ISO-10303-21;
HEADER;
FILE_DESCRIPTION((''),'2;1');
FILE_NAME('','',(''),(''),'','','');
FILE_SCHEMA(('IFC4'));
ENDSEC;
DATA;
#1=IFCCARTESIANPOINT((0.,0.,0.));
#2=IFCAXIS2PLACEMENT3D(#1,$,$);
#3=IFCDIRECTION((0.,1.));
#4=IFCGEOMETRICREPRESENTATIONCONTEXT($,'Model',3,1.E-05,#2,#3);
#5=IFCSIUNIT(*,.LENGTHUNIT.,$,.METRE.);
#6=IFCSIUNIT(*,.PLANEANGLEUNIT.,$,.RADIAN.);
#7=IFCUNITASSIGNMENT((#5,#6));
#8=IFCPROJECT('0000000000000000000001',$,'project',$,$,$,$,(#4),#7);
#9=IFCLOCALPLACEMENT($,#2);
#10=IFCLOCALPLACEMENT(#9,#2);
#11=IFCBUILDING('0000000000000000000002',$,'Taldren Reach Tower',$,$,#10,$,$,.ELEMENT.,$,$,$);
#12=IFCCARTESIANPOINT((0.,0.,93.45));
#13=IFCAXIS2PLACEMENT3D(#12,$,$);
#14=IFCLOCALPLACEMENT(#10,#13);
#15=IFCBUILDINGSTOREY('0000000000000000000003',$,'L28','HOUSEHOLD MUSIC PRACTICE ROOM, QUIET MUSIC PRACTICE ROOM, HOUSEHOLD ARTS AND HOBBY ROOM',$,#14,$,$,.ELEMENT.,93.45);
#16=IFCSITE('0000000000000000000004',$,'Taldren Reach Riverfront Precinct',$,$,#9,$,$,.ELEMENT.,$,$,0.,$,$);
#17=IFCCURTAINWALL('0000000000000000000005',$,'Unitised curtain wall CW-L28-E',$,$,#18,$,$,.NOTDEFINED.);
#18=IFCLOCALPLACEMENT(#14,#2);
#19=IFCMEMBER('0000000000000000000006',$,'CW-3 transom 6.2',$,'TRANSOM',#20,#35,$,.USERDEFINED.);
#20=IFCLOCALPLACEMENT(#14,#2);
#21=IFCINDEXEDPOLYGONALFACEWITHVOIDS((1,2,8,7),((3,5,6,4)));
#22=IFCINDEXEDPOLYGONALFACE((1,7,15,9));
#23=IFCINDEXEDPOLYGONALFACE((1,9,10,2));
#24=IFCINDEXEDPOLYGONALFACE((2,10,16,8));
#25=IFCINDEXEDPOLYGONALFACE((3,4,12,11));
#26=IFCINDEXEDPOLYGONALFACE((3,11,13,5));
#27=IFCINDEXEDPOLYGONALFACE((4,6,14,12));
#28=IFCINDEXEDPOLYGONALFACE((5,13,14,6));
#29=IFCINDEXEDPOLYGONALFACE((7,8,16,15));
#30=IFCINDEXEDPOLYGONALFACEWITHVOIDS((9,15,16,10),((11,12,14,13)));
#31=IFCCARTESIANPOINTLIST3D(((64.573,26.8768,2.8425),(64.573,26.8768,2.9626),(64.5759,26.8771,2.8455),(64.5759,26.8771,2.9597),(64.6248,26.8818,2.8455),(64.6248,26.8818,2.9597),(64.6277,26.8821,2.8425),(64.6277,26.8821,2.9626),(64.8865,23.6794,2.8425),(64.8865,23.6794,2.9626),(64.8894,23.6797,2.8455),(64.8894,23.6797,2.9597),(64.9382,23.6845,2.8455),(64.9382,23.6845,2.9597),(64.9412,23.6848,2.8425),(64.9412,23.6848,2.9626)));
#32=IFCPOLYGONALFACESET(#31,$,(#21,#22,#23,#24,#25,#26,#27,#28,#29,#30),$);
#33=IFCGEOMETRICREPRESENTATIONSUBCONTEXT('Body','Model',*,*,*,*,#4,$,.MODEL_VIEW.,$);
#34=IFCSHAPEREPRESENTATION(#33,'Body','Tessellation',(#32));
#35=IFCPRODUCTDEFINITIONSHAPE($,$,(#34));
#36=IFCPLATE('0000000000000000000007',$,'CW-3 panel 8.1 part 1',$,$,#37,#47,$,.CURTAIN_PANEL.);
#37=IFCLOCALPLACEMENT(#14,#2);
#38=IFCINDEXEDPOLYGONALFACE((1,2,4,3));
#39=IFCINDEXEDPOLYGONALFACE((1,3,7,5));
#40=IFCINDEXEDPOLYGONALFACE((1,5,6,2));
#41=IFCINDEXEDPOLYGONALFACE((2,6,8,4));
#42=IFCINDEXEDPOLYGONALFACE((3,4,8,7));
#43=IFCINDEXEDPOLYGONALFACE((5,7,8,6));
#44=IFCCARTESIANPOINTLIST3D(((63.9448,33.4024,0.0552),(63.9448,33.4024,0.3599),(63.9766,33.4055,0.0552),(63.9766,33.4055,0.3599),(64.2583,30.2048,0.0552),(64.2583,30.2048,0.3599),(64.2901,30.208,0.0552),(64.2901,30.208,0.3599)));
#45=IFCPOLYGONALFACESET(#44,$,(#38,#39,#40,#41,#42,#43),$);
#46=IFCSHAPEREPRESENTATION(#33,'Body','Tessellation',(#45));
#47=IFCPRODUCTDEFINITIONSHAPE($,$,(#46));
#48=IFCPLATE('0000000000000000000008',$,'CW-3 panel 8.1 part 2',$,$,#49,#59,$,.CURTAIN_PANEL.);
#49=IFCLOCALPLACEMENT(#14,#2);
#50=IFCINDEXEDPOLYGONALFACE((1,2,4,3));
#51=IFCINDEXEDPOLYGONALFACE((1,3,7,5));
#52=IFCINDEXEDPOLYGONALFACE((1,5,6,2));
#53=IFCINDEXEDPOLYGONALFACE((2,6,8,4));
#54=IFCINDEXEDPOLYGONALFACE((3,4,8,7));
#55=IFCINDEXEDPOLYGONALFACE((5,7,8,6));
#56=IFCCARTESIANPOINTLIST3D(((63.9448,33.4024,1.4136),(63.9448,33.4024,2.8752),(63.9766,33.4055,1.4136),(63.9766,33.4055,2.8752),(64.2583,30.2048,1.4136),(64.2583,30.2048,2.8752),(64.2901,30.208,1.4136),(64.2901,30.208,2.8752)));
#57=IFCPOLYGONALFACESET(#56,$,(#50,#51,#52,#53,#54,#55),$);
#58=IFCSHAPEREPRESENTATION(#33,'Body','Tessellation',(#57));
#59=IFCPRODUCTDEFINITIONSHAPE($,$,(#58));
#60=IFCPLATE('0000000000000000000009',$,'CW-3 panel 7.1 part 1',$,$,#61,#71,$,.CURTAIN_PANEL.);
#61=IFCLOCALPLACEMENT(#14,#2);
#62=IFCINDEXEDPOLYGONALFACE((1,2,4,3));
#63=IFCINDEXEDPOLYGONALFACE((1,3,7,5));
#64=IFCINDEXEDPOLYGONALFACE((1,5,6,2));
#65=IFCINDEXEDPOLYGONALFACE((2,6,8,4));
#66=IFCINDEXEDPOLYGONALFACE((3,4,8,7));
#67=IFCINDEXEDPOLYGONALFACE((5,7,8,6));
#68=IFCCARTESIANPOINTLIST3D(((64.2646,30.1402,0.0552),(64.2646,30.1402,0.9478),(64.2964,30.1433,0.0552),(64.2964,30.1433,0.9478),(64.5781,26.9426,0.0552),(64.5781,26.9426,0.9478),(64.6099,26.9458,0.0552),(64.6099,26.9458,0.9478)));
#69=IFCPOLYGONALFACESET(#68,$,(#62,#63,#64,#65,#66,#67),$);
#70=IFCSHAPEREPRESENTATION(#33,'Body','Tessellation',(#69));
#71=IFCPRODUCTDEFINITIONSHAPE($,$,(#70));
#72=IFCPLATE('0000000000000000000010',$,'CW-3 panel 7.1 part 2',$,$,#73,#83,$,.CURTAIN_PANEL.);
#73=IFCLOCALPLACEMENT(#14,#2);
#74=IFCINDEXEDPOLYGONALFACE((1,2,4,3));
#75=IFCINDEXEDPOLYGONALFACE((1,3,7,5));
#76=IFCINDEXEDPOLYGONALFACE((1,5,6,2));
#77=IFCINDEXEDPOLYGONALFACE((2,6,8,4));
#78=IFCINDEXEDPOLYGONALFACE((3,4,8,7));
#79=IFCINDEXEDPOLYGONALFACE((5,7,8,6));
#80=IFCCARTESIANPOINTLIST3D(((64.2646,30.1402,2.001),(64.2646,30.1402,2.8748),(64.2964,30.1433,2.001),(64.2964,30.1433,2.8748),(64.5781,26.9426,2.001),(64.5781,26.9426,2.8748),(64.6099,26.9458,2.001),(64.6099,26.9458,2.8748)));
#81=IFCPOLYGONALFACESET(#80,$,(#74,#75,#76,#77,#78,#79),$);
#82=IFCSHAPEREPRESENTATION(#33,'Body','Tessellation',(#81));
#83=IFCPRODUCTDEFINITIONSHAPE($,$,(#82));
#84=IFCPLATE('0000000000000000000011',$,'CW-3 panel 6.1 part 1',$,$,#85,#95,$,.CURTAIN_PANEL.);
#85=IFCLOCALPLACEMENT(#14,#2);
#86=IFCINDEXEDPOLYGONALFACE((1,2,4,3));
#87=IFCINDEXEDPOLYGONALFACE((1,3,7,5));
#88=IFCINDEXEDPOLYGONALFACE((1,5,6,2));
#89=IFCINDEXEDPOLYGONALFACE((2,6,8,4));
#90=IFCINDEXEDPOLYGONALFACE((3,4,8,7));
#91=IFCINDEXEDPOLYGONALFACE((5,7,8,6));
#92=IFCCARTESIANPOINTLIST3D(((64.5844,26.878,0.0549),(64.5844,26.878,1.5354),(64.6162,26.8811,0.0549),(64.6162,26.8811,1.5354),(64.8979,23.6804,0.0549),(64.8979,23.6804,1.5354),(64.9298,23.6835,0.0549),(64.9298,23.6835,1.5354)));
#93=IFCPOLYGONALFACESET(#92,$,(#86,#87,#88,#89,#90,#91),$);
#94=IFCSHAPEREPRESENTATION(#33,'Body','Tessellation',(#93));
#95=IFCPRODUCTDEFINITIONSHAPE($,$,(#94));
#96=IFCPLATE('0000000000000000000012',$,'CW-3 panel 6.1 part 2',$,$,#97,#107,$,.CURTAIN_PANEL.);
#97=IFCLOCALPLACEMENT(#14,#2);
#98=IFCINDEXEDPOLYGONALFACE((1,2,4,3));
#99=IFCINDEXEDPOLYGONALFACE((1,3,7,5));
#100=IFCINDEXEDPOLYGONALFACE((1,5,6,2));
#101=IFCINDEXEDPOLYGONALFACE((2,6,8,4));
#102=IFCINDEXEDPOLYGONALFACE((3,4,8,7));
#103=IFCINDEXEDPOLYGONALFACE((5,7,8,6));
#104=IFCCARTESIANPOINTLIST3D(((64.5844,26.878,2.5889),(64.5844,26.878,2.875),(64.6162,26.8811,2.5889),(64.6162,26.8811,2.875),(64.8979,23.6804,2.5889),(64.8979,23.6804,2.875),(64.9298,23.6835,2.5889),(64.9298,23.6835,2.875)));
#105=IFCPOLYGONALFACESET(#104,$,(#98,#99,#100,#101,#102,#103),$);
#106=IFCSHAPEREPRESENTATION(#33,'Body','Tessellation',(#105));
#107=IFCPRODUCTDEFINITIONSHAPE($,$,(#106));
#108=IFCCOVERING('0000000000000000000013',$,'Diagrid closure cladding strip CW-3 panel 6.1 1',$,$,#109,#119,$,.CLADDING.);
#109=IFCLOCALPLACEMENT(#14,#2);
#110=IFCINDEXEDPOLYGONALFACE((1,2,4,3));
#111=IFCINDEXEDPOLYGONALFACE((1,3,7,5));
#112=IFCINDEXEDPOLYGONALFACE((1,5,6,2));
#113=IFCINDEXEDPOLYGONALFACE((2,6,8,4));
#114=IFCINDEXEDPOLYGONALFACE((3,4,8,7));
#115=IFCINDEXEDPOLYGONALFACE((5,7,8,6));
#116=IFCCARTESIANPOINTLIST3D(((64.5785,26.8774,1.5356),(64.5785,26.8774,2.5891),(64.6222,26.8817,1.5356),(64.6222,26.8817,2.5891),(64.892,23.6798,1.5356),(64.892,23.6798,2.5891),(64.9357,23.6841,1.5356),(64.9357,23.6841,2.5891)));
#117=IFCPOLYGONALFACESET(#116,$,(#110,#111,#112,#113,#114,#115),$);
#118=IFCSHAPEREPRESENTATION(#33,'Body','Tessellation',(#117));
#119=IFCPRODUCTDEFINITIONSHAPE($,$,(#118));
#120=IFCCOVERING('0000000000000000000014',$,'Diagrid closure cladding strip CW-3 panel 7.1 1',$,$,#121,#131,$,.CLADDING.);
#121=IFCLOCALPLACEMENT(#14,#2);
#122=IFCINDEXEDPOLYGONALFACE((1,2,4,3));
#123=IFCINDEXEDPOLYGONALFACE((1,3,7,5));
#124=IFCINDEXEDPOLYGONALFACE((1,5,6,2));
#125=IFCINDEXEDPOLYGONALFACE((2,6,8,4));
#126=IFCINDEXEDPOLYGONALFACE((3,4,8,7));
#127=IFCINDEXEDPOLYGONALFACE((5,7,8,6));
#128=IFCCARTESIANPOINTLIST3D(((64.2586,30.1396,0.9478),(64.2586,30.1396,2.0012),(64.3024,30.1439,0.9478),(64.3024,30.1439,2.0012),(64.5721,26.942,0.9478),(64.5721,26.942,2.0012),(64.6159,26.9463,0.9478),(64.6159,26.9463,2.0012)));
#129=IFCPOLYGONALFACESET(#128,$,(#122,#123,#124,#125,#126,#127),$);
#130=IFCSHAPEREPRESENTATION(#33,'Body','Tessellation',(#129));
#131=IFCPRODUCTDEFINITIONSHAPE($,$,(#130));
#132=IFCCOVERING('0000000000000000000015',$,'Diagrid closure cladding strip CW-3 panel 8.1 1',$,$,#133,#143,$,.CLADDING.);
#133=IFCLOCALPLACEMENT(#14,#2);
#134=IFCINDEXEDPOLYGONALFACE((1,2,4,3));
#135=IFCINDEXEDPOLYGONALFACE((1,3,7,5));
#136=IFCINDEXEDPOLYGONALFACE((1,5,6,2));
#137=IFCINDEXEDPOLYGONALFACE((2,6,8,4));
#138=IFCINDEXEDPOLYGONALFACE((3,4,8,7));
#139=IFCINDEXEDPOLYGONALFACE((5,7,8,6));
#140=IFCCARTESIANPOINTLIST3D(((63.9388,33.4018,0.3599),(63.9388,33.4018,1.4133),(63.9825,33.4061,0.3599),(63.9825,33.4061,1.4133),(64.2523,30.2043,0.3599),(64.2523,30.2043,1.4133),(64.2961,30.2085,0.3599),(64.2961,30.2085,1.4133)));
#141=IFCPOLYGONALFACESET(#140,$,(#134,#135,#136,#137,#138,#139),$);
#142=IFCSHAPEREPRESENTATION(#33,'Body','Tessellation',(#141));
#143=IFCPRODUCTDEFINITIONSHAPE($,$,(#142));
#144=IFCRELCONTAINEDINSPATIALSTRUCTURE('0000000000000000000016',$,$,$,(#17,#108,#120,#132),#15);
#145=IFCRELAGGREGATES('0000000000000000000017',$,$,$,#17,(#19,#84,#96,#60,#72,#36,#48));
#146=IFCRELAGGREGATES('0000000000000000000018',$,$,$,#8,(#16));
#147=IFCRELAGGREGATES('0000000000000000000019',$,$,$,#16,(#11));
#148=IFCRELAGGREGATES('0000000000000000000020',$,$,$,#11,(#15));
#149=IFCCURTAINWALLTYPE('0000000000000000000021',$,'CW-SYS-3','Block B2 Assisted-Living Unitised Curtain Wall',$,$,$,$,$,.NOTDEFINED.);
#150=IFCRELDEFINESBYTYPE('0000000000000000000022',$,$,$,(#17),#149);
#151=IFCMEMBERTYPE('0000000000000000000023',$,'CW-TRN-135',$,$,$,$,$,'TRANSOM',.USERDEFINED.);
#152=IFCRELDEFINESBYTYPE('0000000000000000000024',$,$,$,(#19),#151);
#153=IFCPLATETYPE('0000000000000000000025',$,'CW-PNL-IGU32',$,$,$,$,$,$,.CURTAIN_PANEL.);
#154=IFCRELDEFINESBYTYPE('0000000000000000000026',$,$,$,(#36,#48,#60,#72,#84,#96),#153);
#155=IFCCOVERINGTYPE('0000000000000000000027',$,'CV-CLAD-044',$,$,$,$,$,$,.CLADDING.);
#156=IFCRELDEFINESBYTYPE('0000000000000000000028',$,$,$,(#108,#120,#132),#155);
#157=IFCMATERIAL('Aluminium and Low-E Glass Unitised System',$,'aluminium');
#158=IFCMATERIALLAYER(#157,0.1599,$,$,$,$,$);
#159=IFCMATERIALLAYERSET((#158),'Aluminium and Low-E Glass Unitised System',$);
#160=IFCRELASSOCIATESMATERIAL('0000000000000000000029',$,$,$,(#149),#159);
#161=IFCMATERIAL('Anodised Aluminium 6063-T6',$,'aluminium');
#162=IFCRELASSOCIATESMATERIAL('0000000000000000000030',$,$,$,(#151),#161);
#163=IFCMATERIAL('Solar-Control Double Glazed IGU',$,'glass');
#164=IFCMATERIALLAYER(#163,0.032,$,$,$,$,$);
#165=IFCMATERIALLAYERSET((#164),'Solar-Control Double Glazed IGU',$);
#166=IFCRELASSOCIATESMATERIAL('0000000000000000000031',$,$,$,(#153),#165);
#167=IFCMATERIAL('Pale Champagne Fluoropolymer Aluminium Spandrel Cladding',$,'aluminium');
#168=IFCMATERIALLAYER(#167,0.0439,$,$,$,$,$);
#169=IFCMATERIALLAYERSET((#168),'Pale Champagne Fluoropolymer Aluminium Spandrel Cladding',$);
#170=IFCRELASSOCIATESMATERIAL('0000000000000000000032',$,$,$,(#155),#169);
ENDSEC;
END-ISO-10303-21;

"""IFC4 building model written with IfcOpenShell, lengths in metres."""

from ifc_helpers import new_model, si_unit, direction, frame, origin, origin_2d, place, context, subcontext, project, spatial, rectangle, hollow_rectangle, extrude, source, transform, mapped, material, layer, layer_set, material_profile, profile_set, type_object, element, aggregate, save


model = new_model("IFC4")

# Units and contexts
model_context = context("Model", 3, precision=1e-05, world=origin(), true_north=direction((0.0, 1.0)))
body_context = subcontext(model_context, "Body", "Model", "MODEL_VIEW")
ifc_project = project(units=[si_unit("LENGTHUNIT", "METRE"), si_unit("PLANEANGLEUNIT", "RADIAN")], contexts=[model_context])

# Site, building, storey
site_placement = place(None, origin())
site = spatial("IfcSite", under=ifc_project, at=site_placement, Name="Taldren Reach Riverfront Precinct", CompositionType="ELEMENT", RefElevation=0.0)
building_placement = place(site_placement, origin())
building = spatial("IfcBuilding", under=site, at=building_placement, Name="Taldren Reach Tower", CompositionType="ELEMENT")
storey_placement = place(building_placement, frame((0.0, 0.0, 93.45)))
storey = spatial("IfcBuildingStorey", under=building, at=storey_placement, Name="L28", Description="HOUSEHOLD MUSIC PRACTICE ROOM, QUIET MUSIC PRACTICE ROOM, HOUSEHOLD ARTS AND HOBBY ROOM", CompositionType="ELEMENT", Elevation=93.45)

# Curtain wall, member, plates
ifc_material_1 = material(Name="Aluminium and Low-E Glass Unitised System", Category="aluminium")
ifc_layer_1 = layer(ifc_material_1, 0.1599)
ifc_layer_set_1 = layer_set([ifc_layer_1], Name="Aluminium and Low-E Glass Unitised System")
curtain_wall_type = type_object("IfcCurtainWallType", Name="CW-SYS-3", Description="Block B2 Assisted-Living Unitised Curtain Wall", PredefinedType="NOTDEFINED", material=ifc_layer_set_1)
curtain_wall_placement = place(storey_placement, origin())
curtain_wall = element("IfcCurtainWall", 1, at=curtain_wall_placement, inside=storey, type_object=curtain_wall_type, Name="Unitised curtain wall CW-L28-E", PredefinedType="NOTDEFINED")
ifc_material_2 = material(Name="Anodised Aluminium 6063-T6", Category="aluminium")
ifc_material_profile_1 = material_profile(ifc_material_2, hollow_rectangle(XDim=0.0549, YDim=0.1201, WallThickness=0.0029, at=origin_2d()), Name="ALU-120x55x3RHS")
ifc_profile_set_1 = profile_set([ifc_material_profile_1], Name="Anodised Aluminium 6063-T6")
member_type_1 = type_object("IfcMemberType", Name="CW-TRN-135", ElementType="TRANSOM", PredefinedType="USERDEFINED", material=ifc_profile_set_1)
shared_shape_1 = source(origin(), body_context, "Body", "SweptSolid", [
    extrude(hollow_rectangle(XDim=0.0549, YDim=0.1201, WallThickness=0.0029, at=origin_2d()), origin(), (0.0, 0.0, 1.0), 3.2126),
])
member_1_placement = place(storey_placement, frame((64.9138, 23.6821, 2.9026), z_axis=(-0.097577, 0.995228, 0.0), x_axis=(-0.995228, -0.097577, 0.0)))
member_1 = element("IfcMember", 2, at=member_1_placement, type_object=member_type_1, Name="CW-3 transom 6.2", ObjectType="TRANSOM", PredefinedType="USERDEFINED", context=body_context, shape_type="MappedRepresentation", body=[
    mapped(shared_shape_1, transform((0.0, 0.0, 0.0), scale=1.0)),
])
ifc_material_3 = material(Name="Solar-Control Double Glazed IGU", Category="glass")
ifc_layer_2 = layer(ifc_material_3, 0.032)
ifc_layer_set_2 = layer_set([ifc_layer_2], Name="Solar-Control Double Glazed IGU")
plate_type = type_object("IfcPlateType", Name="CW-PNL-IGU32", PredefinedType="CURTAIN_PANEL", material=ifc_layer_set_2)
shared_shape_2 = source(origin(), body_context, "Body", "SweptSolid", [
    extrude(rectangle(XDim=3.2129, YDim=0.032, at=origin_2d()), origin(), (0.0, 0.0, 1.0), 0.3047),
])
plate_1_placement = place(storey_placement, frame((64.1174, 31.8052, 0.0552), z_axis=(0.0, 0.0, 1.0), x_axis=(-0.097583, 0.995227, 0.0)))
plate_1 = element("IfcPlate", 3, at=plate_1_placement, type_object=plate_type, Name="CW-3 panel 8.1 part 1", PredefinedType="CURTAIN_PANEL", context=body_context, shape_type="MappedRepresentation", body=[
    mapped(shared_shape_2, transform((0.0, 0.0, 0.0), scale=1.0)),
])
shared_shape_3 = source(origin(), body_context, "Body", "SweptSolid", [
    extrude(rectangle(XDim=3.2129, YDim=0.032, at=origin_2d()), origin(), (0.0, 0.0, 1.0), 1.4617),
])
plate_2_placement = place(storey_placement, frame((64.1174, 31.8052, 1.4136), z_axis=(0.0, 0.0, 1.0), x_axis=(-0.097583, 0.995227, 0.0)))
plate_2 = element("IfcPlate", 4, at=plate_2_placement, type_object=plate_type, Name="CW-3 panel 8.1 part 2", PredefinedType="CURTAIN_PANEL", context=body_context, shape_type="MappedRepresentation", body=[
    mapped(shared_shape_3, transform((0.0, 0.0, 0.0), scale=1.0)),
])
shared_shape_4 = source(origin(), body_context, "Body", "SweptSolid", [
    extrude(rectangle(XDim=3.2129, YDim=0.032, at=origin_2d()), origin(), (0.0, 0.0, 1.0), 0.8926),
])
plate_3_placement = place(storey_placement, frame((64.4373, 28.543, 0.0552), z_axis=(0.0, 0.0, 1.0), x_axis=(-0.097583, 0.995227, 0.0)))
plate_3 = element("IfcPlate", 5, at=plate_3_placement, type_object=plate_type, Name="CW-3 panel 7.1 part 1", PredefinedType="CURTAIN_PANEL", context=body_context, shape_type="MappedRepresentation", body=[
    mapped(shared_shape_4, transform((0.0, 0.0, 0.0), scale=1.0)),
])
shared_shape_5 = source(origin(), body_context, "Body", "SweptSolid", [
    extrude(rectangle(XDim=3.2129, YDim=0.032, at=origin_2d()), origin(), (0.0, 0.0, 1.0), 0.8738),
])
plate_4_placement = place(storey_placement, frame((64.4373, 28.543, 2.001), z_axis=(0.0, 0.0, 1.0), x_axis=(-0.097583, 0.995227, 0.0)))
plate_4 = element("IfcPlate", 6, at=plate_4_placement, type_object=plate_type, Name="CW-3 panel 7.1 part 2", PredefinedType="CURTAIN_PANEL", context=body_context, shape_type="MappedRepresentation", body=[
    mapped(shared_shape_5, transform((0.0, 0.0, 0.0), scale=1.0)),
])
shared_shape_6 = source(origin(), body_context, "Body", "SweptSolid", [
    extrude(rectangle(XDim=3.2129, YDim=0.032, at=origin_2d()), origin(), (0.0, 0.0, 1.0), 1.4805),
])
plate_5_placement = place(storey_placement, frame((64.7571, 25.2808, 0.0549), z_axis=(0.0, 0.0, 1.0), x_axis=(-0.097583, 0.995227, 0.0)))
plate_5 = element("IfcPlate", 7, at=plate_5_placement, type_object=plate_type, Name="CW-3 panel 6.1 part 1", PredefinedType="CURTAIN_PANEL", context=body_context, shape_type="MappedRepresentation", body=[
    mapped(shared_shape_6, transform((0.0, 0.0, 0.0), scale=1.0)),
])
shared_shape_7 = source(origin(), body_context, "Body", "SweptSolid", [
    extrude(rectangle(XDim=3.2129, YDim=0.032, at=origin_2d()), origin(), (0.0, 0.0, 1.0), 0.2861),
])
plate_6_placement = place(storey_placement, frame((64.7571, 25.2808, 2.5889), z_axis=(0.0, 0.0, 1.0), x_axis=(-0.097583, 0.995227, 0.0)))
plate_6 = element("IfcPlate", 8, at=plate_6_placement, type_object=plate_type, Name="CW-3 panel 6.1 part 2", PredefinedType="CURTAIN_PANEL", context=body_context, shape_type="MappedRepresentation", body=[
    mapped(shared_shape_7, transform((0.0, 0.0, 0.0), scale=1.0)),
])
aggregate(curtain_wall, [member_1, plate_5, plate_6, plate_3, plate_4, plate_1, plate_2])

# Coverings
ifc_material_4 = material(Name="Pale Champagne Fluoropolymer Aluminium Spandrel Cladding", Category="aluminium")
ifc_layer_3 = layer(ifc_material_4, 0.0439)
ifc_layer_set_3 = layer_set([ifc_layer_3], Name="Pale Champagne Fluoropolymer Aluminium Spandrel Cladding")
covering_type = type_object("IfcCoveringType", Name="CV-CLAD-044", PredefinedType="CLADDING", material=ifc_layer_set_3)
shared_shape_8 = source(origin(), body_context, "Body", "SweptSolid", [
    extrude(rectangle(XDim=3.2129, YDim=0.0439, at=origin_2d()), origin(), (0.0, 0.0, 1.0), 1.0535),
])
for number, where, z_axis, x_axis, name in (
    (9, (64.7571, 25.2808, 1.5356), (0.0, 0.0, 1.0), (-0.097583, 0.995227, 0.0), "Diagrid closure cladding strip CW-3 panel 6.1 1"),
    (10, (64.4373, 28.543, 0.9478), (0.0, 0.0, 1.0), (-0.097583, 0.995227, 0.0), "Diagrid closure cladding strip CW-3 panel 7.1 1"),
    (11, (64.1174, 31.8052, 0.3599), (0.0, 0.0, 1.0), (-0.097583, 0.995227, 0.0), "Diagrid closure cladding strip CW-3 panel 8.1 1"),
):
    element("IfcCovering", number, at=place(storey_placement, frame(where, z_axis=z_axis, x_axis=x_axis)), inside=storey, type_object=covering_type, Name=name, PredefinedType="CLADDING", context=body_context, shape_type="MappedRepresentation", body=[
        mapped(shared_shape_8, transform((0.0, 0.0, 0.0), scale=1.0)),
    ])

save(model, "model.ifc")
